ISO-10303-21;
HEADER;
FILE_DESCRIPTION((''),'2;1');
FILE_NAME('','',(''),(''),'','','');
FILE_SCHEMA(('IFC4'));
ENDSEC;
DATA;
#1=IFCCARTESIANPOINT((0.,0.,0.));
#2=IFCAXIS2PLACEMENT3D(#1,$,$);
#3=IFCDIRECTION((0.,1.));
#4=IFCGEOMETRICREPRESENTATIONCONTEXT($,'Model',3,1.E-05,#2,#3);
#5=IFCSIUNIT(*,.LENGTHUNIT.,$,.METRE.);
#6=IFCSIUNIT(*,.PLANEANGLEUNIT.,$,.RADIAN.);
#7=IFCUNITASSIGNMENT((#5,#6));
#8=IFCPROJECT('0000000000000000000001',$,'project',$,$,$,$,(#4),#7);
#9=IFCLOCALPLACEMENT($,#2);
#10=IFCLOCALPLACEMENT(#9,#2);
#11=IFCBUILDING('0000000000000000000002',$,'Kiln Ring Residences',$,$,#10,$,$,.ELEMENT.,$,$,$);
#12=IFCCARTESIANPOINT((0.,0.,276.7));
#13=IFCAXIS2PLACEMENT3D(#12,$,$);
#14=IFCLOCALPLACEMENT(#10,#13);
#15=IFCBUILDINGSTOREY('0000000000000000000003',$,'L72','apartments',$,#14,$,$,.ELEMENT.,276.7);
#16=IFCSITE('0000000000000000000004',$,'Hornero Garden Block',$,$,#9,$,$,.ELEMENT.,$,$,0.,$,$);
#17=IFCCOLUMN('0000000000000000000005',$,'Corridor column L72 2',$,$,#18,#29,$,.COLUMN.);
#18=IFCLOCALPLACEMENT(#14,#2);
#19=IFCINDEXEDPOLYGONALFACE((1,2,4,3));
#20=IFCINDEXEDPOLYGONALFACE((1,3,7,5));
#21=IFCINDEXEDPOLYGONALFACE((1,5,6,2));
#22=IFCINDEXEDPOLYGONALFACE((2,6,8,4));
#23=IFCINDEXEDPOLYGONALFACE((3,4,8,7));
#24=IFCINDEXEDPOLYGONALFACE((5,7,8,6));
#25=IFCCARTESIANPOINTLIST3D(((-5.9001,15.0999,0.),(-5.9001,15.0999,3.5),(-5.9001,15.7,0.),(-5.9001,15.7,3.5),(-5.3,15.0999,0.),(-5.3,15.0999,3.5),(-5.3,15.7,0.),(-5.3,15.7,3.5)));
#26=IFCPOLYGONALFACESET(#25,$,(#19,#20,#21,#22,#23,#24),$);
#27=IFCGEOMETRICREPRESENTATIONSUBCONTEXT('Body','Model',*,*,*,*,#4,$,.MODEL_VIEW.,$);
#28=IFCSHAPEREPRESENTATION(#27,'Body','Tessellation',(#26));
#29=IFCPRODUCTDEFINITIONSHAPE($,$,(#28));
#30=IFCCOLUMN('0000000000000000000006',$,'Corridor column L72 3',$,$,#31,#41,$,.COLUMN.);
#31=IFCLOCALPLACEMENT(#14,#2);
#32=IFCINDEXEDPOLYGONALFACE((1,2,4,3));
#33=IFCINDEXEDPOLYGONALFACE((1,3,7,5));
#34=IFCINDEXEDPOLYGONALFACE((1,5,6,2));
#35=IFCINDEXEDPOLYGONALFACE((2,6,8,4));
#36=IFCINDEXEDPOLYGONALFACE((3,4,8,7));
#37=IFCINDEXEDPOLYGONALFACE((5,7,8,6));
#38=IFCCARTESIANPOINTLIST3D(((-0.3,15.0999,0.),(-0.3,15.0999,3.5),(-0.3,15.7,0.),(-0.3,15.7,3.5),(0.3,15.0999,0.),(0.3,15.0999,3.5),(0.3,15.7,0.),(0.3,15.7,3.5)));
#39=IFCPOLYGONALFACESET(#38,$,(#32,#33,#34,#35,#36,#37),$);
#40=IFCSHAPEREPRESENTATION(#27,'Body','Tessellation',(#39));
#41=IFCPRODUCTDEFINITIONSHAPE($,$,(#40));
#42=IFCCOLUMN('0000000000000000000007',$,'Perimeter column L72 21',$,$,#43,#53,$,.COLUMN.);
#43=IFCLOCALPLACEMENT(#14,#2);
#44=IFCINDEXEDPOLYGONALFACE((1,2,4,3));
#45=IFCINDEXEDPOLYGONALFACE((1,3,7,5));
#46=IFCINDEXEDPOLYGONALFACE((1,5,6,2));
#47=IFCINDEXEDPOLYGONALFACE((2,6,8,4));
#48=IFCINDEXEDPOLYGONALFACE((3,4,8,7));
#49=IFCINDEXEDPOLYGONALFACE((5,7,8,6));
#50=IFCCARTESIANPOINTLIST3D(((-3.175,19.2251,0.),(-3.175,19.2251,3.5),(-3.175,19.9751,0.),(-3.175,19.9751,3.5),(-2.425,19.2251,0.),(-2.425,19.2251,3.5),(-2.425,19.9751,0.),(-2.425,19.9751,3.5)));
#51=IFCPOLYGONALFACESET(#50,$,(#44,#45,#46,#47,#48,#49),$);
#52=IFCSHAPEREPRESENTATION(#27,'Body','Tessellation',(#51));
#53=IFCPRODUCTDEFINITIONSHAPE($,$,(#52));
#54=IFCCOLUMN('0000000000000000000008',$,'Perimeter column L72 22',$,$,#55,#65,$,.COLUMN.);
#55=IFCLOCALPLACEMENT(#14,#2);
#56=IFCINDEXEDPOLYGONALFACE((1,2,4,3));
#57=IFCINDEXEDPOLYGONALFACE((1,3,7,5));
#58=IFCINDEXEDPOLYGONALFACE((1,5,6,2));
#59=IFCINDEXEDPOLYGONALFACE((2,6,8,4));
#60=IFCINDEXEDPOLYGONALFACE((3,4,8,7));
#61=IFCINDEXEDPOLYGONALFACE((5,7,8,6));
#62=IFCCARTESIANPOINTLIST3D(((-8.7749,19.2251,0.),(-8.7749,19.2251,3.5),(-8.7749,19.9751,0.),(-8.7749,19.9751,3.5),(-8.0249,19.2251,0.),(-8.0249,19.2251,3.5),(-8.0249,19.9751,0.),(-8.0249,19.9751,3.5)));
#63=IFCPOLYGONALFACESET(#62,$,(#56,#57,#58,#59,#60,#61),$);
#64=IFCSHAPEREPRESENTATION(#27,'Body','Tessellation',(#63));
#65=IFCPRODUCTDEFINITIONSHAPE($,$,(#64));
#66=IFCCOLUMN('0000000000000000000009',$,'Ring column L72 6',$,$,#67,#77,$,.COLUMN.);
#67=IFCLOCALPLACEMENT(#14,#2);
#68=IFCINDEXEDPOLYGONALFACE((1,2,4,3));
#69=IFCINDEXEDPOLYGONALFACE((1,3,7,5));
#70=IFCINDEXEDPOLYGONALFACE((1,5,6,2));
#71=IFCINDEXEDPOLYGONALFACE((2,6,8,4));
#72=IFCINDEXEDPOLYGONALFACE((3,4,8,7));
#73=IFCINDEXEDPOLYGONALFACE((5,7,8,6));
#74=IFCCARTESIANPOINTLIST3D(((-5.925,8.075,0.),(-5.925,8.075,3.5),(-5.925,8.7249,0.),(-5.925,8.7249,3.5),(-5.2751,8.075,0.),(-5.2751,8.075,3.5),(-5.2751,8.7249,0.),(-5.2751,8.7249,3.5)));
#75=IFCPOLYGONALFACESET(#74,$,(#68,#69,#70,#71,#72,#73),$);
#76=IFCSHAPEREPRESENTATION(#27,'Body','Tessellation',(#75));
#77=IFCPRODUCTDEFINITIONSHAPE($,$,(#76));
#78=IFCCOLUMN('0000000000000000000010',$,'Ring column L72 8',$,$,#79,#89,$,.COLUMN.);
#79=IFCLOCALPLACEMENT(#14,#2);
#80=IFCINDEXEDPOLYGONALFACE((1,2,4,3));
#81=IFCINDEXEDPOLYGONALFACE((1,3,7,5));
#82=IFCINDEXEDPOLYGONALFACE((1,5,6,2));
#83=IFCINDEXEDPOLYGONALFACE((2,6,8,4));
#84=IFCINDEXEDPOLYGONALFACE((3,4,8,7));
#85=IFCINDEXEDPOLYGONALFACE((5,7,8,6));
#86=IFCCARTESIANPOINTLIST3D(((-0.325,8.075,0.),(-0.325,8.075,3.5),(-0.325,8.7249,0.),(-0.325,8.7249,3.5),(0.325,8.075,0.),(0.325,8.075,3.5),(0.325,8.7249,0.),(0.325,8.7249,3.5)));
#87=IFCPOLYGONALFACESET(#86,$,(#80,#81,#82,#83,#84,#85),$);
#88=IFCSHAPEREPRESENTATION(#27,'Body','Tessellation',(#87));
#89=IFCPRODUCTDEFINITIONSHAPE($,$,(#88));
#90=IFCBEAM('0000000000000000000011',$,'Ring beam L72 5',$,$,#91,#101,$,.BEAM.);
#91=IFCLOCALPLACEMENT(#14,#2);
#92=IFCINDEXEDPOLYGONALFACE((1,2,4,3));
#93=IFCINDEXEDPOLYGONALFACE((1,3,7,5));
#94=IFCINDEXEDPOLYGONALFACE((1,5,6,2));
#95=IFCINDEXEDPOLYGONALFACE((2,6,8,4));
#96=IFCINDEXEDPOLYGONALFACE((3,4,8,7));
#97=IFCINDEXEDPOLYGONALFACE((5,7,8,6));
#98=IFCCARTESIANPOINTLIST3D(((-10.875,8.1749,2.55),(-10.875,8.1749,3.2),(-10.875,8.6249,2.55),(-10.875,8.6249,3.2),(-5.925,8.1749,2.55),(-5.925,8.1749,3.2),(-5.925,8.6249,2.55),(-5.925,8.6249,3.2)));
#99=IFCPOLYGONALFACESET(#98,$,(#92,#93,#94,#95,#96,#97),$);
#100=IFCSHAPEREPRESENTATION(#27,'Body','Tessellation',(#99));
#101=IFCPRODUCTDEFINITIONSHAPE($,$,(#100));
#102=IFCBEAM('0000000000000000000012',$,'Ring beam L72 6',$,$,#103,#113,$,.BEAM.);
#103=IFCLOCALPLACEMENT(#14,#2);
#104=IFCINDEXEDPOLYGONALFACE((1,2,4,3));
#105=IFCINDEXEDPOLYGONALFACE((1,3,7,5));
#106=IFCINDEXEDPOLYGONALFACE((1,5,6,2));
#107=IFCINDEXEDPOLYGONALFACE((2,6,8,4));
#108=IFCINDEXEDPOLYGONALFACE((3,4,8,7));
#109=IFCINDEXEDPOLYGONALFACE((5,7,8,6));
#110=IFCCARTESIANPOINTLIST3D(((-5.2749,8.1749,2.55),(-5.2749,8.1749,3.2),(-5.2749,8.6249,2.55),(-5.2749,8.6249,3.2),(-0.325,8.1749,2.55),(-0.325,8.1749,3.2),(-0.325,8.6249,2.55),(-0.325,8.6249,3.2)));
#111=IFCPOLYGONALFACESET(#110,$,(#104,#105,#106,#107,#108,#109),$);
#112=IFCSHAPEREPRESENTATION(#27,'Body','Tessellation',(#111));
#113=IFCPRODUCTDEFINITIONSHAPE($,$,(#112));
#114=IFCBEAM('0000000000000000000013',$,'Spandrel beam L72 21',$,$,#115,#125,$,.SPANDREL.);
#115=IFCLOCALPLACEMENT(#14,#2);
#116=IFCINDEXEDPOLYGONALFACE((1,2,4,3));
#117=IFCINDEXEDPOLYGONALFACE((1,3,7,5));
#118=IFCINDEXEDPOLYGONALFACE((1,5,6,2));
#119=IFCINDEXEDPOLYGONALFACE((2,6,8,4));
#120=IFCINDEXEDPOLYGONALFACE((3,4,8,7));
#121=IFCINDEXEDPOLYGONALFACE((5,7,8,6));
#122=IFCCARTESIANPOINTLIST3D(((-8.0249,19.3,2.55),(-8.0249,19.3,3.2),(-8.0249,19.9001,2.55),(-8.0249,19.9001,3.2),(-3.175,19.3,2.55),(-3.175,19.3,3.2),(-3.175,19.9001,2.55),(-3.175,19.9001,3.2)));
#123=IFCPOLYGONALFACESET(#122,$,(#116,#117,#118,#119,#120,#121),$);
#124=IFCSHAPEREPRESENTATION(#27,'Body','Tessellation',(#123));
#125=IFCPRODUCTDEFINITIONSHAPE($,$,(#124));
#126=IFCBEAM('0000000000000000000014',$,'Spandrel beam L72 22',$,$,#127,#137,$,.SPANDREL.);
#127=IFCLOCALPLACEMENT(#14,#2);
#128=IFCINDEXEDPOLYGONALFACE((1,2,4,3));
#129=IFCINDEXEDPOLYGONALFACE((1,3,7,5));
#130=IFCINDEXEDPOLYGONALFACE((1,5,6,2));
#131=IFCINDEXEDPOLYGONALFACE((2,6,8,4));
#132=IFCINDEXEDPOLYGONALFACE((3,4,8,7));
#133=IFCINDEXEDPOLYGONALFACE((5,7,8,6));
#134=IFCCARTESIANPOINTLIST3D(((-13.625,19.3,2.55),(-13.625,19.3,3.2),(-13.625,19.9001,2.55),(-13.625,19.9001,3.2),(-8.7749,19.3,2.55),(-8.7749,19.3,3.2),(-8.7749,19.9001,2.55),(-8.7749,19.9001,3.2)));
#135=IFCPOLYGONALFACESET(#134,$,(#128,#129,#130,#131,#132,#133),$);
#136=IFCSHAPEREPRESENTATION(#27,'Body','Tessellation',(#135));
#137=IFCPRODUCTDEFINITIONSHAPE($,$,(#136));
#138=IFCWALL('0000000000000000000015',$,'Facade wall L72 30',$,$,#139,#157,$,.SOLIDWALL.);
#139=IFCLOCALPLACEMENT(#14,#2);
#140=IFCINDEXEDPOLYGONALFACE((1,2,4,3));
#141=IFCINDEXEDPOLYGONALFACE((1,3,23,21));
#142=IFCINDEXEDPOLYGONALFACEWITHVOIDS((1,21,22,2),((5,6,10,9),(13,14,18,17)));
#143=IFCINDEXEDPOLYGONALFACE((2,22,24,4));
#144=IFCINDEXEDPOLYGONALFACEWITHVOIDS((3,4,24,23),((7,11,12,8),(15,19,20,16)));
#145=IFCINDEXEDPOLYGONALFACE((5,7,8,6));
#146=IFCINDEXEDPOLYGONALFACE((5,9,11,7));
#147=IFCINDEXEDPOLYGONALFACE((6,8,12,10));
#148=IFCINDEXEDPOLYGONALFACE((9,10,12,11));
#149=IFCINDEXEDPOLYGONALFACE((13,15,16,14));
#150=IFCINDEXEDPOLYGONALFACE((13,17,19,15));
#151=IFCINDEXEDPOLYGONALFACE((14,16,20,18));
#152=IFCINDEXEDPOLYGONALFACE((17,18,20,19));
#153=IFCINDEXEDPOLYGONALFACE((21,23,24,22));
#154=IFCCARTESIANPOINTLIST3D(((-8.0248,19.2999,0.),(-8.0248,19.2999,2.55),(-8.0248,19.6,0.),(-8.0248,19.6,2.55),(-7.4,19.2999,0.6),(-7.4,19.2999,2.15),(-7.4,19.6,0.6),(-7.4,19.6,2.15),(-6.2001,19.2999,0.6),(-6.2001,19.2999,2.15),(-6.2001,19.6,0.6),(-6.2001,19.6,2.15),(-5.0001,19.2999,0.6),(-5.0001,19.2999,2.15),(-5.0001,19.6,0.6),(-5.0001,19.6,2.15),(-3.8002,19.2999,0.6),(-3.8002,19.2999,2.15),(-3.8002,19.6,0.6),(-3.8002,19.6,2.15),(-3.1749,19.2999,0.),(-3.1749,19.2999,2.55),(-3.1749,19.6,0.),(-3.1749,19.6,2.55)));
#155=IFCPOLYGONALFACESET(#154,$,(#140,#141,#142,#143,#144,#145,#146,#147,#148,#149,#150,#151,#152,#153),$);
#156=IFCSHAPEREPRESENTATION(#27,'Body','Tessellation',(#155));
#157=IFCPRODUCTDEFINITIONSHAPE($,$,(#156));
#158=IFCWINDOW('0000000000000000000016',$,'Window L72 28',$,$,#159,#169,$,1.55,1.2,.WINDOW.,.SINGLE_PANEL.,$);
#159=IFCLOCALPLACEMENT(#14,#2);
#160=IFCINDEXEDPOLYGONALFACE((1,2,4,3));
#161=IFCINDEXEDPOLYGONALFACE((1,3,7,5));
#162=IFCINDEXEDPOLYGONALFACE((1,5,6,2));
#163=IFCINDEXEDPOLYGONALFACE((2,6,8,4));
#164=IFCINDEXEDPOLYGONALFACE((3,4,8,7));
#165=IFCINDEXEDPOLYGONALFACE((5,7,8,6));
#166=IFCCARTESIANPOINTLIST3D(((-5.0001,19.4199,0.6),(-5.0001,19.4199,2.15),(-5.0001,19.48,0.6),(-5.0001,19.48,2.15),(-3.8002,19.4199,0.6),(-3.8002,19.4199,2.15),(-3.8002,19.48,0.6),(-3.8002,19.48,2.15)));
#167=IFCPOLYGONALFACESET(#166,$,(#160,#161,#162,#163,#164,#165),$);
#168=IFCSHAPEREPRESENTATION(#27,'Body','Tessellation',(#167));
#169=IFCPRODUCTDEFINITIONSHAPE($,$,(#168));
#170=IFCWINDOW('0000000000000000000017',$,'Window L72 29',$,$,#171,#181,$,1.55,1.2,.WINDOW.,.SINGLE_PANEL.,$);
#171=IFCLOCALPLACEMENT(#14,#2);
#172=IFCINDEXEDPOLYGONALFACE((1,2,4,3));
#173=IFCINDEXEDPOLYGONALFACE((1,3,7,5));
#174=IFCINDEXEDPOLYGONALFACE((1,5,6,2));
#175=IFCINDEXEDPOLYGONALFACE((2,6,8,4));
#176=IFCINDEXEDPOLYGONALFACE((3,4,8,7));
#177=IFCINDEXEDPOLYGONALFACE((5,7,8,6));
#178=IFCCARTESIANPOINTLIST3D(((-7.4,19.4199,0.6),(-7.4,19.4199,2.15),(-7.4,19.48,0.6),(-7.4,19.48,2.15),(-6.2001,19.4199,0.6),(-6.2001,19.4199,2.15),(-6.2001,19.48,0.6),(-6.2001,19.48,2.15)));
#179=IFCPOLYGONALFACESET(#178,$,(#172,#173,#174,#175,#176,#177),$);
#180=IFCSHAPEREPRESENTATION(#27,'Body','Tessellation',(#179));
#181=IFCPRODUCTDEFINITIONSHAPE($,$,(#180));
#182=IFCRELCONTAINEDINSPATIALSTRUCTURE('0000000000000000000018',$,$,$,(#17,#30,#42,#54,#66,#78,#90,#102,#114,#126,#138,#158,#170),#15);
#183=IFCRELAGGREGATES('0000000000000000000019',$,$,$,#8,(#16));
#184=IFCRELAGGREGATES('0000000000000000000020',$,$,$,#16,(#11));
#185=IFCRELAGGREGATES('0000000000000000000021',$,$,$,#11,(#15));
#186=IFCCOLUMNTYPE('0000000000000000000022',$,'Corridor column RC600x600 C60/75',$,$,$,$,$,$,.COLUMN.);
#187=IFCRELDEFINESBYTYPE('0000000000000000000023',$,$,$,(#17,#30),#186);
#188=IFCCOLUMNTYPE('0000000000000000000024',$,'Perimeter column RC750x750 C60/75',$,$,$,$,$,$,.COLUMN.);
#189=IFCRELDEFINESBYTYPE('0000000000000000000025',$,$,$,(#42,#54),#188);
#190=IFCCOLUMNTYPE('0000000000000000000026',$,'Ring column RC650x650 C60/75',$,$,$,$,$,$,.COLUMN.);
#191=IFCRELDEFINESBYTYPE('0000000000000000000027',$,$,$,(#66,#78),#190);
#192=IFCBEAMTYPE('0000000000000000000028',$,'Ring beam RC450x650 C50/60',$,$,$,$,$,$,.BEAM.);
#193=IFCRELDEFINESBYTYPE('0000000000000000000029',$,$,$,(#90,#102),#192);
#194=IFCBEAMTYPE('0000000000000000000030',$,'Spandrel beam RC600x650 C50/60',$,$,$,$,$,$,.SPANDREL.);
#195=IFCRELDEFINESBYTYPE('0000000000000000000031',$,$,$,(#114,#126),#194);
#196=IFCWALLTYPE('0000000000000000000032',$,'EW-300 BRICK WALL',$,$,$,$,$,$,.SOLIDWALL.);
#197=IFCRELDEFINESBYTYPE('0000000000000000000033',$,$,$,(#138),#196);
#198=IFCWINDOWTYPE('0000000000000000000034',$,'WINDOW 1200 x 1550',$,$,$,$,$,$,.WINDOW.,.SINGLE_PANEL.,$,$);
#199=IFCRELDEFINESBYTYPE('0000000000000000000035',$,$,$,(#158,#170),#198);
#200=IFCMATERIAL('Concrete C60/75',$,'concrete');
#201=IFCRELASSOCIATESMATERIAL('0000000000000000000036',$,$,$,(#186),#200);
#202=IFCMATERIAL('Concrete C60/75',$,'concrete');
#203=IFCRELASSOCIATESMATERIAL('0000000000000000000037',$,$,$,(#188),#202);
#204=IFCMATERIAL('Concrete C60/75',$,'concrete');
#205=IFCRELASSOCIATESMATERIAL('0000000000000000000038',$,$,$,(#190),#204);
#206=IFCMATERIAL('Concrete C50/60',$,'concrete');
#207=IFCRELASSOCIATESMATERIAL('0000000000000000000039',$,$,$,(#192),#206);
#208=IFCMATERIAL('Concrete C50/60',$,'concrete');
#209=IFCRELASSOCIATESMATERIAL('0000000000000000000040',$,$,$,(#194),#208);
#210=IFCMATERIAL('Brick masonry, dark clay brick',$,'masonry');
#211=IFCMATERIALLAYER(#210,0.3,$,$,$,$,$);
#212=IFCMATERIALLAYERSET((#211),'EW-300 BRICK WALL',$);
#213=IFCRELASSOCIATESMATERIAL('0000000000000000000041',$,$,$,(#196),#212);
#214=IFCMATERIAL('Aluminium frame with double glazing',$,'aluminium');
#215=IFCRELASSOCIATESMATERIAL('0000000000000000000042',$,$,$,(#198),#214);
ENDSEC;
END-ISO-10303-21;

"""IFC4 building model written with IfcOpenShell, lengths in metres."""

from ifc_helpers import new_model, si_unit, direction, frame, frame_2d, origin, origin_2d, place, context, subcontext, project, spatial, rectangle, extrude, material, layer, layer_set, material_profile, profile_set, type_object, element, fill, save


model = new_model("IFC4")

# Units and contexts
model_context = context("Model", 3, precision=1e-05, world=origin(), true_north=direction((0.0, 1.0)))
body_context = subcontext(model_context, "Body", "Model", "MODEL_VIEW")
ifc_project = project(units=[si_unit("LENGTHUNIT", "METRE"), si_unit("PLANEANGLEUNIT", "RADIAN")], contexts=[model_context])

# Site, building, storey
site_placement = place(None, origin())
site = spatial("IfcSite", under=ifc_project, at=site_placement, Name="Hornero Garden Block", CompositionType="ELEMENT", RefElevation=0.0)
building_placement = place(site_placement, origin())
building = spatial("IfcBuilding", under=site, at=building_placement, Name="Kiln Ring Residences", CompositionType="ELEMENT")
storey_placement = place(building_placement, frame((0.0, 0.0, 276.7)))
storey = spatial("IfcBuildingStorey", under=building, at=storey_placement, Name="L72", Description="apartments", CompositionType="ELEMENT", Elevation=276.7)

# Columns
ifc_material_1 = material(Name="Concrete C60/75", Category="concrete")
ifc_material_profile_1 = material_profile(ifc_material_1, rectangle(XDim=0.6001, YDim=0.6001, at=origin_2d()), Name="RC600x600")
ifc_profile_set_1 = profile_set([ifc_material_profile_1], Name="Concrete C60/75")
column_type_1 = type_object("IfcColumnType", Name="Corridor column RC600x600 C60/75", PredefinedType="COLUMN", material=ifc_profile_set_1)
for number, where, z_axis, x_axis, name in (
    (1, (-5.6001, 15.3999, 0.0), (0.0, 0.0, 1.0), (1.0, 0.0, 0.0), "Corridor column L72 2"),
    (2, (0.0, 15.3999, 0.0), (0.0, 0.0, 1.0), (1.0, 0.0, 0.0), "Corridor column L72 3"),
):
    element("IfcColumn", number, at=place(storey_placement, frame(where, z_axis=z_axis, x_axis=x_axis)), inside=storey, type_object=column_type_1, Name=name, PredefinedType="COLUMN", context=body_context, shape_type="SweptSolid", body=[
        extrude(rectangle(XDim=0.6001, YDim=0.6001, at=origin_2d()), origin(), (0.0, 0.0, 1.0), 3.5),
    ])
ifc_material_2 = material(Name="Concrete C60/75", Category="concrete")
ifc_material_profile_2 = material_profile(ifc_material_2, rectangle(XDim=0.75, YDim=0.75, at=origin_2d()), Name="RC750x750")
ifc_profile_set_2 = profile_set([ifc_material_profile_2], Name="Concrete C60/75")
column_type_2 = type_object("IfcColumnType", Name="Perimeter column RC750x750 C60/75", PredefinedType="COLUMN", material=ifc_profile_set_2)
for number, where, z_axis, x_axis, name in (
    (3, (-2.8, 19.6001, 0.0), (0.0, 0.0, 1.0), (1.0, 0.0, 0.0), "Perimeter column L72 21"),
    (4, (-8.3999, 19.6001, 0.0), (0.0, 0.0, 1.0), (1.0, 0.0, 0.0), "Perimeter column L72 22"),
):
    element("IfcColumn", number, at=place(storey_placement, frame(where, z_axis=z_axis, x_axis=x_axis)), inside=storey, type_object=column_type_2, Name=name, PredefinedType="COLUMN", context=body_context, shape_type="SweptSolid", body=[
        extrude(rectangle(XDim=0.75, YDim=0.75, at=origin_2d()), origin(), (0.0, 0.0, 1.0), 3.5),
    ])
ifc_material_3 = material(Name="Concrete C60/75", Category="concrete")
ifc_material_profile_3 = material_profile(ifc_material_3, rectangle(XDim=0.6499, YDim=0.6499, at=origin_2d()), Name="RC650x650")
ifc_profile_set_3 = profile_set([ifc_material_profile_3], Name="Concrete C60/75")
column_type_3 = type_object("IfcColumnType", Name="Ring column RC650x650 C60/75", PredefinedType="COLUMN", material=ifc_profile_set_3)
for number, where, z_axis, x_axis, name in (
    (5, (-5.6001, 8.3999, 0.0), (0.0, 0.0, 1.0), (1.0, 0.0, 0.0), "Ring column L72 6"),
    (6, (0.0, 8.3999, 0.0), (0.0, 0.0, 1.0), (1.0, 0.0, 0.0), "Ring column L72 8"),
):
    element("IfcColumn", number, at=place(storey_placement, frame(where, z_axis=z_axis, x_axis=x_axis)), inside=storey, type_object=column_type_3, Name=name, PredefinedType="COLUMN", context=body_context, shape_type="SweptSolid", body=[
        extrude(rectangle(XDim=0.6499, YDim=0.6499, at=origin_2d()), origin(), (0.0, 0.0, 1.0), 3.5),
    ])

# Beams
ifc_material_4 = material(Name="Concrete C50/60", Category="concrete")
ifc_material_profile_4 = material_profile(ifc_material_4, rectangle(XDim=0.45, YDim=0.6499, at=origin_2d()), Name="RC450x650")
ifc_profile_set_4 = profile_set([ifc_material_profile_4], Name="Concrete C50/60")
beam_type_1 = type_object("IfcBeamType", Name="Ring beam RC450x650 C50/60", PredefinedType="BEAM", material=ifc_profile_set_4)
for number, where, z_axis, x_axis, name in (
    (7, (-10.875, 8.3999, 2.875), (1.0, 0.0, 0.0), (0.0, 1.0, 0.0), "Ring beam L72 5"),
    (8, (-5.2749, 8.3999, 2.875), (1.0, 0.0, 0.0), (0.0, 1.0, 0.0), "Ring beam L72 6"),
):
    element("IfcBeam", number, at=place(storey_placement, frame(where, z_axis=z_axis, x_axis=x_axis)), inside=storey, type_object=beam_type_1, Name=name, PredefinedType="BEAM", context=body_context, shape_type="SweptSolid", body=[
        extrude(rectangle(XDim=0.45, YDim=0.6499, at=origin_2d()), origin(), (0.0, 0.0, 1.0), 4.95),
    ])
ifc_material_5 = material(Name="Concrete C50/60", Category="concrete")
ifc_material_profile_5 = material_profile(ifc_material_5, rectangle(XDim=0.6001, YDim=0.6499, at=origin_2d()), Name="RC600x650")
ifc_profile_set_5 = profile_set([ifc_material_profile_5], Name="Concrete C50/60")
beam_type_2 = type_object("IfcBeamType", Name="Spandrel beam RC600x650 C50/60", PredefinedType="SPANDREL", material=ifc_profile_set_5)
beam_1_placement = place(storey_placement, frame((-3.175, 19.6001, 2.875), z_axis=(-1.0, 0.0, 0.0), x_axis=(0.0, -1.0, 0.0)))
element("IfcBeam", 9, at=beam_1_placement, inside=storey, type_object=beam_type_2, Name="Spandrel beam L72 21", PredefinedType="SPANDREL", context=body_context, shape_type="SweptSolid", body=[
    extrude(rectangle(XDim=0.6001, YDim=0.6499, at=origin_2d()), origin(), (0.0, 0.0, 1.0), 4.8499),
])
beam_2_placement = place(storey_placement, frame((-8.7749, 19.6001, 2.875), z_axis=(-1.0, 0.0, 0.0), x_axis=(0.0, -1.0, 0.0)))
element("IfcBeam", 10, at=beam_2_placement, inside=storey, type_object=beam_type_2, Name="Spandrel beam L72 22", PredefinedType="SPANDREL", context=body_context, shape_type="SweptSolid", body=[
    extrude(rectangle(XDim=0.6001, YDim=0.6499, at=origin_2d()), origin(), (0.0, 0.0, 1.0), 4.8501),
])

# Wall, openings, windows
ifc_material_6 = material(Name="Brick masonry, dark clay brick", Category="masonry")
ifc_layer_1 = layer(ifc_material_6, 0.3)
ifc_layer_set_1 = layer_set([ifc_layer_1], Name="EW-300 BRICK WALL")
wall_type_1 = type_object("IfcWallType", Name="EW-300 BRICK WALL", PredefinedType="SOLIDWALL", material=ifc_layer_set_1)
wall_1_placement = place(storey_placement, frame((-3.175, 19.45, 0.0), z_axis=(0.0, 0.0, 1.0), x_axis=(-1.0, 0.0, 0.0)))
wall_1 = element("IfcWall", 11, at=wall_1_placement, inside=storey, type_object=wall_type_1, Name="Facade wall L72 30", PredefinedType="SOLIDWALL", context=body_context, shape_type="SweptSolid", body=[
    extrude(rectangle(XDim=4.8499, YDim=0.3, at=frame_2d((2.4248, 0.0))), origin(), (0.0, 0.0, 1.0), 2.55),
])
opening_1_placement = place(wall_1_placement, frame((0.625, 0.0, 0.6001)))
opening_1 = element("IfcOpeningElement", 12, at=opening_1_placement, cuts=wall_1, PredefinedType="OPENING", context=body_context, shape_type="SweptSolid", body=[
    extrude(rectangle(XDim=1.2, YDim=1.55, at=frame_2d((0.6001, 0.7749))), frame((0.0, 0.1599, 0.0), z_axis=(0.0, -1.0, 0.0), x_axis=(1.0, 0.0, 0.0)), (0.0, 0.0, 1.0), 0.3201),
])
opening_2_placement = place(wall_1_placement, frame((3.0249, 0.0, 0.6001)))
opening_2 = element("IfcOpeningElement", 13, at=opening_2_placement, cuts=wall_1, PredefinedType="OPENING", context=body_context, shape_type="SweptSolid", body=[
    extrude(rectangle(XDim=1.2, YDim=1.55, at=frame_2d((0.6001, 0.7749))), frame((0.0, 0.1599, 0.0), z_axis=(0.0, -1.0, 0.0), x_axis=(1.0, 0.0, 0.0)), (0.0, 0.0, 1.0), 0.3201),
])
ifc_material_7 = material(Name="Aluminium frame with double glazing", Category="aluminium")
window_type_1 = type_object("IfcWindowType", Name="WINDOW 1200 x 1550", PartitioningType="SINGLE_PANEL", PredefinedType="WINDOW", material=ifc_material_7)
window_1_placement = place(opening_1_placement, origin())
window_1 = element("IfcWindow", 14, at=window_1_placement, inside=storey, type_object=window_type_1, Name="Window L72 28", OverallHeight=1.55, OverallWidth=1.2, PartitioningType="SINGLE_PANEL", PredefinedType="WINDOW", context=body_context, shape_type="SweptSolid", body=[
    extrude(rectangle(XDim=1.2, YDim=1.55, at=frame_2d((0.6001, 0.7749))), frame((0.0, 0.03, 0.0), z_axis=(0.0, -1.0, 0.0), x_axis=(1.0, 0.0, 0.0)), (0.0, 0.0, 1.0), 0.0601),
])
fill(opening_1, window_1)
window_2_placement = place(opening_2_placement, origin())
window_2 = element("IfcWindow", 15, at=window_2_placement, inside=storey, type_object=window_type_1, Name="Window L72 29", OverallHeight=1.55, OverallWidth=1.2, PartitioningType="SINGLE_PANEL", PredefinedType="WINDOW", context=body_context, shape_type="SweptSolid", body=[
    extrude(rectangle(XDim=1.2, YDim=1.55, at=frame_2d((0.6001, 0.7749))), frame((0.0, 0.03, 0.0), z_axis=(0.0, -1.0, 0.0), x_axis=(1.0, 0.0, 0.0)), (0.0, 0.0, 1.0), 0.0601),
])
fill(opening_2, window_2)

save(model, "model.ifc")
